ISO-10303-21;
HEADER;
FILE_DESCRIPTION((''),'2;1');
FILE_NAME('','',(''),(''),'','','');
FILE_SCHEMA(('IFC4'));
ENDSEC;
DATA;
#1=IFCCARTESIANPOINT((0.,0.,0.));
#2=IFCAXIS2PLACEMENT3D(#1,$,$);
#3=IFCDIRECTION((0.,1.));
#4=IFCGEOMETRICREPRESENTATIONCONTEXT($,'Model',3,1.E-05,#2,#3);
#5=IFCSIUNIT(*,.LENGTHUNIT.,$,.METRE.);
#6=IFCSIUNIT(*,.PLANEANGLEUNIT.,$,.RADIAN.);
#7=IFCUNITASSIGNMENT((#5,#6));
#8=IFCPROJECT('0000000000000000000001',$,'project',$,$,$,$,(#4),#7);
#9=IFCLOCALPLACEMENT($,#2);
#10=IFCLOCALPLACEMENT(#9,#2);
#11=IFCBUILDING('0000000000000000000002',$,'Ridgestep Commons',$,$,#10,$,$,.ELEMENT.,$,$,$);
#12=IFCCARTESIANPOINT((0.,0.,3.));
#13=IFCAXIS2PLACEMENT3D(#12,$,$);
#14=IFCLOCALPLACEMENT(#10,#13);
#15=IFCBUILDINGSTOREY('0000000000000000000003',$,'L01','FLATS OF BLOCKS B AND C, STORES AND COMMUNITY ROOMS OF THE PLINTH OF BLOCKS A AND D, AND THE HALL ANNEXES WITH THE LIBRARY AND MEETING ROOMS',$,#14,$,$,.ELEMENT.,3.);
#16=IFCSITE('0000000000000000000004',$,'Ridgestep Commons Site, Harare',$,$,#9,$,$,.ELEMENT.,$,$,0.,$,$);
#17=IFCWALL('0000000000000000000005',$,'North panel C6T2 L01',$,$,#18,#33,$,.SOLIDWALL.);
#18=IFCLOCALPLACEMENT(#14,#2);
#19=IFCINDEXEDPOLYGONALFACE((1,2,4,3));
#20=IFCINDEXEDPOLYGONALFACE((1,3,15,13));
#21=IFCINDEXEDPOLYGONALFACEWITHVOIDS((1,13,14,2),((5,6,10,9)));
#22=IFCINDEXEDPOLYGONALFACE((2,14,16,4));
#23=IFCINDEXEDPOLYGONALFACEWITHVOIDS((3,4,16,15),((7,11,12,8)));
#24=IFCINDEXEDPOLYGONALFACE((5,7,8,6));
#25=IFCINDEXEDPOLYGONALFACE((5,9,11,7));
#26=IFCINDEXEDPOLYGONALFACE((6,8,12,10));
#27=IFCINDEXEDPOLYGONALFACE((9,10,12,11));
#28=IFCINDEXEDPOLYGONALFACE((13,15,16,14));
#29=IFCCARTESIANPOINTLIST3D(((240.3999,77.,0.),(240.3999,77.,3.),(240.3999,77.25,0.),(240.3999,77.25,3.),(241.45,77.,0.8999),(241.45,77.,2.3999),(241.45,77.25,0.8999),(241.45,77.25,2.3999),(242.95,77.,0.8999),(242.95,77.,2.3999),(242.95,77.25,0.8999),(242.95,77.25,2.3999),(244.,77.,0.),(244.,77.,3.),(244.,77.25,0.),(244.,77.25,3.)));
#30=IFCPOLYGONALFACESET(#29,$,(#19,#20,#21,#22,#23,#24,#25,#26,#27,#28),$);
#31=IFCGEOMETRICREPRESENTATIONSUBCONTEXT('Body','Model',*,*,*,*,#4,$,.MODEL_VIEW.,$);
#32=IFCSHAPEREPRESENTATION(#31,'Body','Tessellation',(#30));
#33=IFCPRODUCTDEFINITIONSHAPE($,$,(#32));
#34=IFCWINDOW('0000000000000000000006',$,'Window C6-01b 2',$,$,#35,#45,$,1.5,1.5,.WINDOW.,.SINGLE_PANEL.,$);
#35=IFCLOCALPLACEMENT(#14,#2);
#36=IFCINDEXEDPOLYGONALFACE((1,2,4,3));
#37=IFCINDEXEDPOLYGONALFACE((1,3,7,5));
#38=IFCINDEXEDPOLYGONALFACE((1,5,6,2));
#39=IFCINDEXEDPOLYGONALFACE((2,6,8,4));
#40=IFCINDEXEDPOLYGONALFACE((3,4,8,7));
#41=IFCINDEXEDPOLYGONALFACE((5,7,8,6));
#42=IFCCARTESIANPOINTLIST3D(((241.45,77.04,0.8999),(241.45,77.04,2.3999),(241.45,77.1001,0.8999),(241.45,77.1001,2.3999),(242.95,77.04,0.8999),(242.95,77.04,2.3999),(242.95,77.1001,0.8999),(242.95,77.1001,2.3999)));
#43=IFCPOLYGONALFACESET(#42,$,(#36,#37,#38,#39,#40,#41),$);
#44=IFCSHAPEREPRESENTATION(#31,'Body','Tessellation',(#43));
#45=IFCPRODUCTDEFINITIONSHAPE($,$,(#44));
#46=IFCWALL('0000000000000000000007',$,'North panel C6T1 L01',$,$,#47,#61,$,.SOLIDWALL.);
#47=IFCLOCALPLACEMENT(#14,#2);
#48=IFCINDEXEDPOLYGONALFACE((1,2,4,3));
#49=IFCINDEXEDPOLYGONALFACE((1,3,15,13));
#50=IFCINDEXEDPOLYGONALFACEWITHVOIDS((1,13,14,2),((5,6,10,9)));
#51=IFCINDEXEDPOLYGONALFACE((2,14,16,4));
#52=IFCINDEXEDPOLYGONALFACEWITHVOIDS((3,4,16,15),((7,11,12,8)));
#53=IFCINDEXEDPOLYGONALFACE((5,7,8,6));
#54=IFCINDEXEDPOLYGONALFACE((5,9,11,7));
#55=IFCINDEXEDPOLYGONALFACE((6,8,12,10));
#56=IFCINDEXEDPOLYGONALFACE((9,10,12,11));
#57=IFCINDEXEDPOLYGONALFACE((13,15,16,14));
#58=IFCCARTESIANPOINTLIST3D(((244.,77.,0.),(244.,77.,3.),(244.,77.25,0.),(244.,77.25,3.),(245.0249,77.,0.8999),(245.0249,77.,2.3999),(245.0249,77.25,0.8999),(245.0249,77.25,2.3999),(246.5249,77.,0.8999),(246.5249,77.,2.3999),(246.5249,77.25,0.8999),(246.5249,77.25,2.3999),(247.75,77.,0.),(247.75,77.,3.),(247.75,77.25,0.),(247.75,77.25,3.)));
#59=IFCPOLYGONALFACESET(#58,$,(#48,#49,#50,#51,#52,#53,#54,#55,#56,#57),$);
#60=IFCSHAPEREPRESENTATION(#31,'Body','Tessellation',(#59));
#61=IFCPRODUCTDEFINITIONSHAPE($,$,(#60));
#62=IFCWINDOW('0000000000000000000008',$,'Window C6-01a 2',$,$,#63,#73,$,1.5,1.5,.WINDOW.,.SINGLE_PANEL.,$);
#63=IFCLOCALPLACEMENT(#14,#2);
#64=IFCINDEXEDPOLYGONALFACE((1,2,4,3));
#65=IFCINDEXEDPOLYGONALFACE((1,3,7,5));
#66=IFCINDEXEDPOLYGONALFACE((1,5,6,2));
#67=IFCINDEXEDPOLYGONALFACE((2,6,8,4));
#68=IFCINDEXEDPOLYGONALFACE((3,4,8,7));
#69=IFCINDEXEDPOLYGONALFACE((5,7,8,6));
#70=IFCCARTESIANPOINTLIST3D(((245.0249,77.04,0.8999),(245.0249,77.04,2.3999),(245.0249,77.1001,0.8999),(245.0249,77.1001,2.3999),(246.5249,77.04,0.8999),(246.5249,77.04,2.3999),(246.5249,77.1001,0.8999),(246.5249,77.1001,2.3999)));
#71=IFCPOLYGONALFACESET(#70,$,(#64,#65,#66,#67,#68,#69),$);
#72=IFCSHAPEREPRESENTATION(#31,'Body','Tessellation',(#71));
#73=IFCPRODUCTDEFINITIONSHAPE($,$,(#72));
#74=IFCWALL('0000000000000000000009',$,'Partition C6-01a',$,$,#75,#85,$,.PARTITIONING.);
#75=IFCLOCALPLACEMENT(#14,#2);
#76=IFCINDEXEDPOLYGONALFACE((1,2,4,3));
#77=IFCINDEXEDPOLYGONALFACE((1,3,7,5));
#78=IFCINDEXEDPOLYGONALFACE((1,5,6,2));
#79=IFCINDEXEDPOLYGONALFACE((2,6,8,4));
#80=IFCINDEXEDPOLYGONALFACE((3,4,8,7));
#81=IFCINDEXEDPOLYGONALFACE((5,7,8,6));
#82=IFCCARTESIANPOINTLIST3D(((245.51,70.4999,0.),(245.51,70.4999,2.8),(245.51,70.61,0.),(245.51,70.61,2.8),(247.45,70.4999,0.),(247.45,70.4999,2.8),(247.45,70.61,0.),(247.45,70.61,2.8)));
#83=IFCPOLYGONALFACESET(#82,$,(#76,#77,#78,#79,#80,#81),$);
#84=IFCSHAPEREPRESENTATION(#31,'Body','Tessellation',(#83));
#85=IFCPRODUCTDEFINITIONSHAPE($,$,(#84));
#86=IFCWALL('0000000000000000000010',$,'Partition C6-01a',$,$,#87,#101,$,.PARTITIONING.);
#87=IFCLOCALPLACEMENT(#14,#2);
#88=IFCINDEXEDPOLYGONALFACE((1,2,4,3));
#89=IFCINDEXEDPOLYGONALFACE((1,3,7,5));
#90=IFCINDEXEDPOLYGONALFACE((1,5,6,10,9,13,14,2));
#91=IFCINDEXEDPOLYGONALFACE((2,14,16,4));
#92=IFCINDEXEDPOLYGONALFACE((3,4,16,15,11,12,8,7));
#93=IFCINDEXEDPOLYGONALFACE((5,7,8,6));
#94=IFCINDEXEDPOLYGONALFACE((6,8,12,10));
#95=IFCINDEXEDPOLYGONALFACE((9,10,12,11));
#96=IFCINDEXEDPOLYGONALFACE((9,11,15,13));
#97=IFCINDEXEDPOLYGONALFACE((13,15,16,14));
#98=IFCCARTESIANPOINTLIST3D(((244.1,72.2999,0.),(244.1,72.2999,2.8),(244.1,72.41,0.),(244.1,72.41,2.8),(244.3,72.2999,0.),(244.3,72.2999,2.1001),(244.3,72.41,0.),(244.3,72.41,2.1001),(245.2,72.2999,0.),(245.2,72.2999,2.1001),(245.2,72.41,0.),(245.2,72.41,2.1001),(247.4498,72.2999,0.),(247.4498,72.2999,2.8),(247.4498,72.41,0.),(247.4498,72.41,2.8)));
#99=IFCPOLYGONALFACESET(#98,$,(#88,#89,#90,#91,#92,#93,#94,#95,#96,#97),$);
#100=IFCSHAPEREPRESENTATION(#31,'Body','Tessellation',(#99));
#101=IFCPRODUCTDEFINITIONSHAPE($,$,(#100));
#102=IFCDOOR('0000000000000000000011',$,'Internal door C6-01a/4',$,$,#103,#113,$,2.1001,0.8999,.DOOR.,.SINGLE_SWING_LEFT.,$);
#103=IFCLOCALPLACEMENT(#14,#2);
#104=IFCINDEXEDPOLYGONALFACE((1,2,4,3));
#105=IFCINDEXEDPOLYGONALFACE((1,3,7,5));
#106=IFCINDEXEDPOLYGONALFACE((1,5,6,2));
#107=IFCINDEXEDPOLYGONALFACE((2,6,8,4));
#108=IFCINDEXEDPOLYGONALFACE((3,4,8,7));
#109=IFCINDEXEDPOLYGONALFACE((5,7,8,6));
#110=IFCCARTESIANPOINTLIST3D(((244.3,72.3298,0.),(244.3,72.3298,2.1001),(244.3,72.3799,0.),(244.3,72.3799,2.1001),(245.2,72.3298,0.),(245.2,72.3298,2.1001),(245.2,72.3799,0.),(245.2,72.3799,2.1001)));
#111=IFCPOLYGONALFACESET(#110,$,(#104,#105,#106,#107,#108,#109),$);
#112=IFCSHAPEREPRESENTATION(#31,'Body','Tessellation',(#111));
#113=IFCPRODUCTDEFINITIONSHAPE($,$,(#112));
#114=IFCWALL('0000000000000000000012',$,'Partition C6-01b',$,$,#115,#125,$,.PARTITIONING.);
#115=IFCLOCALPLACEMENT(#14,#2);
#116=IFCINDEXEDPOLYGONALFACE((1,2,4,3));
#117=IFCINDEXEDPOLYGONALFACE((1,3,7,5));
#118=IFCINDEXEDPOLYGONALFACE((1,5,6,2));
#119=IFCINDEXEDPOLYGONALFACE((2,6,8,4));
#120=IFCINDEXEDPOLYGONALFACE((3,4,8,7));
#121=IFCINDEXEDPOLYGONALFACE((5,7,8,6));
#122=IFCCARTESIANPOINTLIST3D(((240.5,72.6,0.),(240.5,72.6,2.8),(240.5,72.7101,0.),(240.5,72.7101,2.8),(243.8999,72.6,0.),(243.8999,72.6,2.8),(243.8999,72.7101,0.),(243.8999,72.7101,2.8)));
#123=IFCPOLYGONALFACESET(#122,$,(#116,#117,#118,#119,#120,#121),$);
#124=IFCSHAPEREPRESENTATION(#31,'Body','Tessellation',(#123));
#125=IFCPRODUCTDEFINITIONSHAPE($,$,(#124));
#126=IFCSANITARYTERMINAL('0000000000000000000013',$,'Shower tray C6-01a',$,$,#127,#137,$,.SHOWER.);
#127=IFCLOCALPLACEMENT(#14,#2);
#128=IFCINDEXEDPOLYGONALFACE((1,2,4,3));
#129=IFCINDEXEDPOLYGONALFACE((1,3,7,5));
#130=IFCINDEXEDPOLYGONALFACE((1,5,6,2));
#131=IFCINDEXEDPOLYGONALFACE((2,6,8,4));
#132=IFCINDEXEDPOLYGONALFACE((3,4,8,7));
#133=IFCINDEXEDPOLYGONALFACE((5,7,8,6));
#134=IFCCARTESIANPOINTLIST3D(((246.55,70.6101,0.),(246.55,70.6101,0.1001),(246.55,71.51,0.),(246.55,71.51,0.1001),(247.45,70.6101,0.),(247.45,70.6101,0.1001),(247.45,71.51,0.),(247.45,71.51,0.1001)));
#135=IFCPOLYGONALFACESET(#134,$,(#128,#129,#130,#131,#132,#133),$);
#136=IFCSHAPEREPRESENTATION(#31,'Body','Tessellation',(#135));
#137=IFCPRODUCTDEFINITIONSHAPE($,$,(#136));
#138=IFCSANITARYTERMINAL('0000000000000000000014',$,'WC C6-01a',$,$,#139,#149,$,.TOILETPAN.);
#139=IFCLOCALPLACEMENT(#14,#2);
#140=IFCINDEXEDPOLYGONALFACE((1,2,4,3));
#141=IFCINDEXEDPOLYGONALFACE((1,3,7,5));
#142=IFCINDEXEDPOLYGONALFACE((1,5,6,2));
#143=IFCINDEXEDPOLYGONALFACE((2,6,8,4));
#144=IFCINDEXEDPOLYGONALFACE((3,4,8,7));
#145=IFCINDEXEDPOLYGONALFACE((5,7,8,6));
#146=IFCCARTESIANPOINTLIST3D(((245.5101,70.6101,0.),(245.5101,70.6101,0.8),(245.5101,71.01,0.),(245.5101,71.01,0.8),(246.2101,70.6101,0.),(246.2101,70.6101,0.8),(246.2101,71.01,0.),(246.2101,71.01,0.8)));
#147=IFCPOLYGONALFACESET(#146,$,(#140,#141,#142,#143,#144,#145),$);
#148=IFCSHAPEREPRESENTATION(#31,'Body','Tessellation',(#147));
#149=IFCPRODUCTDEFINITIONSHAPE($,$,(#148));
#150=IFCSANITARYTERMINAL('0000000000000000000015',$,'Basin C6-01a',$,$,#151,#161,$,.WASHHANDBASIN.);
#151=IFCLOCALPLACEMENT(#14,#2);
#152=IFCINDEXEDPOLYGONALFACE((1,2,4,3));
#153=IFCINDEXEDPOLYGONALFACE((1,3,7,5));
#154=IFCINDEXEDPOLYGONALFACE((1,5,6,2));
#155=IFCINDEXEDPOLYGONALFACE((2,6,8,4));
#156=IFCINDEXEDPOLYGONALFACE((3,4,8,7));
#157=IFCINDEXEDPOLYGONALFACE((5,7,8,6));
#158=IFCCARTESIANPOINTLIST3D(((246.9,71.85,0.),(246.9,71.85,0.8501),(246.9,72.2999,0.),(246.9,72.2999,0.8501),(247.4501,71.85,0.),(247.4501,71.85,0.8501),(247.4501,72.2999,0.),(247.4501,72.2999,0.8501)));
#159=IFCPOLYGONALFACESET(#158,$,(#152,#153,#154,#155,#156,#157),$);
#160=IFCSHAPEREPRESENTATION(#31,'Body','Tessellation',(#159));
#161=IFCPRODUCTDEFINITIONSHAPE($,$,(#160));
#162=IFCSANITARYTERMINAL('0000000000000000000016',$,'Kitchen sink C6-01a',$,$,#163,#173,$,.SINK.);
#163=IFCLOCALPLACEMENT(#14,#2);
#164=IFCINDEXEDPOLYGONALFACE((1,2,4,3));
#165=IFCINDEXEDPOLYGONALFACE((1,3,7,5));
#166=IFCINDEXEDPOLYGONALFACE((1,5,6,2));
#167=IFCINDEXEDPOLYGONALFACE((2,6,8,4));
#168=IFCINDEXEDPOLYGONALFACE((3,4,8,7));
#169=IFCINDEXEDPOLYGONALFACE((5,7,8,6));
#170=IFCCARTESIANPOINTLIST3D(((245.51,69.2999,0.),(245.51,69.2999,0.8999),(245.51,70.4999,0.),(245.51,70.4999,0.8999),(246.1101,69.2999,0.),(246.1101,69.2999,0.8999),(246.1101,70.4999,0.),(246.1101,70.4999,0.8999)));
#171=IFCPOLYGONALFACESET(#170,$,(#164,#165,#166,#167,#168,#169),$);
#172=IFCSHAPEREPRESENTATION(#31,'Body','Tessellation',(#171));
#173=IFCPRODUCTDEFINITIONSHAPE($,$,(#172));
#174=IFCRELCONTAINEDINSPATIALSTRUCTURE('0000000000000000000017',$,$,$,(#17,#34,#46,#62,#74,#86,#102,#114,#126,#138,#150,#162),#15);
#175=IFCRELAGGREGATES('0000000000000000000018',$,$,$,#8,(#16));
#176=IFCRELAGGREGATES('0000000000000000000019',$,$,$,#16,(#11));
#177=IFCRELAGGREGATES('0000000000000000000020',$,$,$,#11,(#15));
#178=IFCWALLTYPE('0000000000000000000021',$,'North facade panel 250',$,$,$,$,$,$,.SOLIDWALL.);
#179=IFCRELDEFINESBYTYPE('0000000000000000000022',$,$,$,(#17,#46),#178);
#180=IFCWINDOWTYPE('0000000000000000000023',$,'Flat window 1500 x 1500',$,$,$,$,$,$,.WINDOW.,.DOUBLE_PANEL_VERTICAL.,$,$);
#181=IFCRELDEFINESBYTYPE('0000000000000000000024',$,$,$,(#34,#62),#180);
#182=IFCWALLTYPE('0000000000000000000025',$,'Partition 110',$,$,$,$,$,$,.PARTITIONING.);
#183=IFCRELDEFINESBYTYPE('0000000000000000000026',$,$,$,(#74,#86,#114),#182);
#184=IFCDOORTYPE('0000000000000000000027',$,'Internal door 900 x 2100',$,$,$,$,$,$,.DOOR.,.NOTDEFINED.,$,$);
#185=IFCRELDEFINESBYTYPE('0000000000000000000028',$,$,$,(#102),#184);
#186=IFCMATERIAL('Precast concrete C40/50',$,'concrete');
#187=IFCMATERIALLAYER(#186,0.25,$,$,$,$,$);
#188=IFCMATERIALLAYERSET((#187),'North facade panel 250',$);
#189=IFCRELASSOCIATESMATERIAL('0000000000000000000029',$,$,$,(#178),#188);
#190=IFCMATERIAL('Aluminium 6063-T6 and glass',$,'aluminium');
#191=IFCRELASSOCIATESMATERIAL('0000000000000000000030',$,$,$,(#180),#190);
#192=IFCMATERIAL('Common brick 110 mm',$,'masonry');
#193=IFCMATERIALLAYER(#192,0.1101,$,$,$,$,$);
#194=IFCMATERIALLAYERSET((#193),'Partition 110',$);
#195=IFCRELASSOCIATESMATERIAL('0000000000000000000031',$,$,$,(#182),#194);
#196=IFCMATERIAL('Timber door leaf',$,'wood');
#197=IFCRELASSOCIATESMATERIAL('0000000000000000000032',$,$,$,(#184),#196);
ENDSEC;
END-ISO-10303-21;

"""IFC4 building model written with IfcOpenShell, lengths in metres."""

from ifc_helpers import new_model, si_unit, direction, frame, frame_2d, origin, origin_2d, place, context, subcontext, project, spatial, rectangle, extrude, material, layer, layer_set, type_object, element, fill, save


model = new_model("IFC4")

# Units and contexts
model_context = context("Model", 3, precision=1e-05, world=origin(), true_north=direction((0.0, 1.0)))
body_context = subcontext(model_context, "Body", "Model", "MODEL_VIEW")
ifc_project = project(units=[si_unit("LENGTHUNIT", "METRE"), si_unit("PLANEANGLEUNIT", "RADIAN")], contexts=[model_context])

# Site, building, storey
site_placement = place(None, origin())
site = spatial("IfcSite", under=ifc_project, at=site_placement, Name="Ridgestep Commons Site, Harare", CompositionType="ELEMENT", RefElevation=0.0)
building_placement = place(site_placement, origin())
building = spatial("IfcBuilding", under=site, at=building_placement, Name="Ridgestep Commons", CompositionType="ELEMENT")
storey_placement = place(building_placement, frame((0.0, 0.0, 3.0)))
storey = spatial("IfcBuildingStorey", under=building, at=storey_placement, Name="L01", Description="FLATS OF BLOCKS B AND C, STORES AND COMMUNITY ROOMS OF THE PLINTH OF BLOCKS A AND D, AND THE HALL ANNEXES WITH THE LIBRARY AND MEETING ROOMS", CompositionType="ELEMENT", Elevation=3.0)

# Walls, openings, windows
ifc_material_1 = material(Name="Precast concrete C40/50", Category="concrete")
ifc_layer_1 = layer(ifc_material_1, 0.25)
ifc_layer_set_1 = layer_set([ifc_layer_1], Name="North facade panel 250")
wall_type_1 = type_object("IfcWallType", Name="North facade panel 250", PredefinedType="SOLIDWALL", material=ifc_layer_set_1)
wall_1_placement = place(storey_placement, frame((240.3999, 77.125, 0.0), z_axis=(0.0, 0.0, 1.0), x_axis=(1.0, 0.0, 0.0)))
wall_1 = element("IfcWall", 1, at=wall_1_placement, inside=storey, type_object=wall_type_1, Name="North panel C6T2 L01", PredefinedType="SOLIDWALL", context=body_context, shape_type="SweptSolid", body=[
    extrude(rectangle(XDim=3.6001, YDim=0.25, at=frame_2d((1.8, 0.0))), origin(), (0.0, 0.0, 1.0), 3.0),
])
opening_1_placement = place(wall_1_placement, frame((1.05, 0.0, 0.8999)))
opening_1 = element("IfcOpeningElement", 2, at=opening_1_placement, cuts=wall_1, PredefinedType="OPENING", context=body_context, shape_type="SweptSolid", body=[
    extrude(rectangle(XDim=1.5, YDim=1.5, at=frame_2d((0.75, 0.75))), frame((0.0, 0.135, 0.0), z_axis=(0.0, -1.0, 0.0), x_axis=(1.0, 0.0, 0.0)), (0.0, 0.0, 1.0), 0.27),
])
ifc_material_2 = material(Name="Aluminium 6063-T6 and glass", Category="aluminium")
window_type = type_object("IfcWindowType", Name="Flat window 1500 x 1500", PartitioningType="DOUBLE_PANEL_VERTICAL", PredefinedType="WINDOW", material=ifc_material_2)
window_1_placement = place(opening_1_placement, origin())
window_1 = element("IfcWindow", 3, at=window_1_placement, inside=storey, type_object=window_type, Name="Window C6-01b 2", OverallHeight=1.5, OverallWidth=1.5, PartitioningType="SINGLE_PANEL", PredefinedType="WINDOW", context=body_context, shape_type="SweptSolid", body=[
    extrude(rectangle(XDim=1.5, YDim=1.5, at=frame_2d((0.75, 0.75))), frame((0.0, -0.0249, 0.0), z_axis=(0.0, -1.0, 0.0), x_axis=(1.0, 0.0, 0.0)), (0.0, 0.0, 1.0), 0.0601),
])
fill(opening_1, window_1)
wall_2_placement = place(storey_placement, frame((244.0, 77.125, 0.0), z_axis=(0.0, 0.0, 1.0), x_axis=(1.0, 0.0, 0.0)))
wall_2 = element("IfcWall", 4, at=wall_2_placement, inside=storey, type_object=wall_type_1, Name="North panel C6T1 L01", PredefinedType="SOLIDWALL", context=body_context, shape_type="SweptSolid", body=[
    extrude(rectangle(XDim=3.75, YDim=0.25, at=frame_2d((1.875, 0.0))), origin(), (0.0, 0.0, 1.0), 3.0),
])
opening_2_placement = place(wall_2_placement, frame((1.0249, 0.0, 0.8999)))
opening_2 = element("IfcOpeningElement", 5, at=opening_2_placement, cuts=wall_2, PredefinedType="OPENING", context=body_context, shape_type="SweptSolid", body=[
    extrude(rectangle(XDim=1.5, YDim=1.5, at=frame_2d((0.75, 0.75))), frame((0.0, 0.135, 0.0), z_axis=(0.0, -1.0, 0.0), x_axis=(1.0, 0.0, 0.0)), (0.0, 0.0, 1.0), 0.27),
])
window_2_placement = place(opening_2_placement, origin())
window_2 = element("IfcWindow", 6, at=window_2_placement, inside=storey, type_object=window_type, Name="Window C6-01a 2", OverallHeight=1.5, OverallWidth=1.5, PartitioningType="SINGLE_PANEL", PredefinedType="WINDOW", context=body_context, shape_type="SweptSolid", body=[
    extrude(rectangle(XDim=1.5, YDim=1.5, at=frame_2d((0.75, 0.75))), frame((0.0, -0.0249, 0.0), z_axis=(0.0, -1.0, 0.0), x_axis=(1.0, 0.0, 0.0)), (0.0, 0.0, 1.0), 0.0601),
])
fill(opening_2, window_2)

# Wall
ifc_material_3 = material(Name="Common brick 110 mm", Category="masonry")
ifc_layer_2 = layer(ifc_material_3, 0.1101)
ifc_layer_set_2 = layer_set([ifc_layer_2], Name="Partition 110")
wall_type_2 = type_object("IfcWallType", Name="Partition 110", PredefinedType="PARTITIONING", material=ifc_layer_set_2)
wall_3_placement = place(storey_placement, frame((245.51, 70.5549, 0.0), z_axis=(0.0, 0.0, 1.0), x_axis=(1.0, 0.0, 0.0)))
element("IfcWall", 7, at=wall_3_placement, inside=storey, type_object=wall_type_2, Name="Partition C6-01a", PredefinedType="PARTITIONING", context=body_context, shape_type="SweptSolid", body=[
    extrude(rectangle(XDim=1.9399, YDim=0.1101, at=frame_2d((0.97, 0.0))), origin(), (0.0, 0.0, 1.0), 2.8),
])

# Wall, opening, door
wall_4_placement = place(storey_placement, frame((244.1001, 72.355, 0.0), z_axis=(0.0, 0.0, 1.0), x_axis=(1.0, 0.0, 0.0)))
wall_4 = element("IfcWall", 8, at=wall_4_placement, inside=storey, type_object=wall_type_2, Name="Partition C6-01a", PredefinedType="PARTITIONING", context=body_context, shape_type="SweptSolid", body=[
    extrude(rectangle(XDim=3.3499, YDim=0.1101, at=frame_2d((1.6748, 0.0))), origin(), (0.0, 0.0, 1.0), 2.8),
])
opening_3_placement = place(wall_4_placement, frame((0.2, 0.0, 0.0)))
opening_3 = element("IfcOpeningElement", 9, at=opening_3_placement, cuts=wall_4, PredefinedType="OPENING", context=body_context, shape_type="SweptSolid", body=[
    extrude(rectangle(XDim=0.8999, YDim=2.1001, at=frame_2d((0.45, 1.05))), frame((0.0, 0.0649, 0.0), z_axis=(0.0, -1.0, 0.0), x_axis=(1.0, 0.0, 0.0)), (0.0, 0.0, 1.0), 0.1301),
])
ifc_material_4 = material(Name="Timber door leaf", Category="wood")
door_type = type_object("IfcDoorType", Name="Internal door 900 x 2100", OperationType="NOTDEFINED", PredefinedType="DOOR", material=ifc_material_4)
door_placement = place(opening_3_placement, origin())
door = element("IfcDoor", 10, at=door_placement, inside=storey, type_object=door_type, Name="Internal door C6-01a/4", OperationType="SINGLE_SWING_LEFT", OverallHeight=2.1001, OverallWidth=0.8999, PredefinedType="DOOR", context=body_context, shape_type="SweptSolid", body=[
    extrude(rectangle(XDim=0.8999, YDim=2.1001, at=frame_2d((0.45, 1.05))), frame((0.0, 0.0249, 0.0), z_axis=(0.0, -1.0, 0.0), x_axis=(1.0, 0.0, 0.0)), (0.0, 0.0, 1.0), 0.05),
])
fill(opening_3, door)

# Wall
wall_5_placement = place(storey_placement, frame((240.5, 72.655, 0.0), z_axis=(0.0, 0.0, 1.0), x_axis=(1.0, 0.0, 0.0)))
element("IfcWall", 11, at=wall_5_placement, inside=storey, type_object=wall_type_2, Name="Partition C6-01b", PredefinedType="PARTITIONING", context=body_context, shape_type="SweptSolid", body=[
    extrude(rectangle(XDim=3.3999, YDim=0.1101, at=frame_2d((1.7, 0.0))), origin(), (0.0, 0.0, 1.0), 2.8),
])

# Sanitary terminals
sanitary_terminal_1_placement = place(storey_placement, frame((247.0, 71.0601, 0.0), z_axis=(0.0, 0.0, 1.0), x_axis=(1.0, 0.0, 0.0)))
element("IfcSanitaryTerminal", 12, at=sanitary_terminal_1_placement, inside=storey, Name="Shower tray C6-01a", PredefinedType="SHOWER", context=body_context, shape_type="SweptSolid", body=[
    extrude(rectangle(XDim=0.8999, YDim=0.8999, at=origin_2d()), origin(), (0.0, 0.0, 1.0), 0.1001),
])
sanitary_terminal_2_placement = place(storey_placement, frame((245.8601, 70.8101, 0.0), z_axis=(0.0, 0.0, 1.0), x_axis=(1.0, 0.0, 0.0)))
element("IfcSanitaryTerminal", 13, at=sanitary_terminal_2_placement, inside=storey, Name="WC C6-01a", PredefinedType="TOILETPAN", context=body_context, shape_type="SweptSolid", body=[
    extrude(rectangle(XDim=0.7, YDim=0.3999, at=origin_2d()), origin(), (0.0, 0.0, 1.0), 0.8),
])
sanitary_terminal_3_placement = place(storey_placement, frame((247.175, 72.075, 0.0), z_axis=(0.0, 0.0, 1.0), x_axis=(1.0, 0.0, 0.0)))
element("IfcSanitaryTerminal", 14, at=sanitary_terminal_3_placement, inside=storey, Name="Basin C6-01a", PredefinedType="WASHHANDBASIN", context=body_context, shape_type="SweptSolid", body=[
    extrude(rectangle(XDim=0.55, YDim=0.45, at=origin_2d()), origin(), (0.0, 0.0, 1.0), 0.8501),
])
sanitary_terminal_4_placement = place(storey_placement, frame((245.8101, 69.8999, 0.0), z_axis=(0.0, 0.0, 1.0), x_axis=(1.0, 0.0, 0.0)))
element("IfcSanitaryTerminal", 15, at=sanitary_terminal_4_placement, inside=storey, Name="Kitchen sink C6-01a", PredefinedType="SINK", context=body_context, shape_type="SweptSolid", body=[
    extrude(rectangle(XDim=0.6001, YDim=1.2, at=origin_2d()), origin(), (0.0, 0.0, 1.0), 0.8999),
])

save(model, "model.ifc")
